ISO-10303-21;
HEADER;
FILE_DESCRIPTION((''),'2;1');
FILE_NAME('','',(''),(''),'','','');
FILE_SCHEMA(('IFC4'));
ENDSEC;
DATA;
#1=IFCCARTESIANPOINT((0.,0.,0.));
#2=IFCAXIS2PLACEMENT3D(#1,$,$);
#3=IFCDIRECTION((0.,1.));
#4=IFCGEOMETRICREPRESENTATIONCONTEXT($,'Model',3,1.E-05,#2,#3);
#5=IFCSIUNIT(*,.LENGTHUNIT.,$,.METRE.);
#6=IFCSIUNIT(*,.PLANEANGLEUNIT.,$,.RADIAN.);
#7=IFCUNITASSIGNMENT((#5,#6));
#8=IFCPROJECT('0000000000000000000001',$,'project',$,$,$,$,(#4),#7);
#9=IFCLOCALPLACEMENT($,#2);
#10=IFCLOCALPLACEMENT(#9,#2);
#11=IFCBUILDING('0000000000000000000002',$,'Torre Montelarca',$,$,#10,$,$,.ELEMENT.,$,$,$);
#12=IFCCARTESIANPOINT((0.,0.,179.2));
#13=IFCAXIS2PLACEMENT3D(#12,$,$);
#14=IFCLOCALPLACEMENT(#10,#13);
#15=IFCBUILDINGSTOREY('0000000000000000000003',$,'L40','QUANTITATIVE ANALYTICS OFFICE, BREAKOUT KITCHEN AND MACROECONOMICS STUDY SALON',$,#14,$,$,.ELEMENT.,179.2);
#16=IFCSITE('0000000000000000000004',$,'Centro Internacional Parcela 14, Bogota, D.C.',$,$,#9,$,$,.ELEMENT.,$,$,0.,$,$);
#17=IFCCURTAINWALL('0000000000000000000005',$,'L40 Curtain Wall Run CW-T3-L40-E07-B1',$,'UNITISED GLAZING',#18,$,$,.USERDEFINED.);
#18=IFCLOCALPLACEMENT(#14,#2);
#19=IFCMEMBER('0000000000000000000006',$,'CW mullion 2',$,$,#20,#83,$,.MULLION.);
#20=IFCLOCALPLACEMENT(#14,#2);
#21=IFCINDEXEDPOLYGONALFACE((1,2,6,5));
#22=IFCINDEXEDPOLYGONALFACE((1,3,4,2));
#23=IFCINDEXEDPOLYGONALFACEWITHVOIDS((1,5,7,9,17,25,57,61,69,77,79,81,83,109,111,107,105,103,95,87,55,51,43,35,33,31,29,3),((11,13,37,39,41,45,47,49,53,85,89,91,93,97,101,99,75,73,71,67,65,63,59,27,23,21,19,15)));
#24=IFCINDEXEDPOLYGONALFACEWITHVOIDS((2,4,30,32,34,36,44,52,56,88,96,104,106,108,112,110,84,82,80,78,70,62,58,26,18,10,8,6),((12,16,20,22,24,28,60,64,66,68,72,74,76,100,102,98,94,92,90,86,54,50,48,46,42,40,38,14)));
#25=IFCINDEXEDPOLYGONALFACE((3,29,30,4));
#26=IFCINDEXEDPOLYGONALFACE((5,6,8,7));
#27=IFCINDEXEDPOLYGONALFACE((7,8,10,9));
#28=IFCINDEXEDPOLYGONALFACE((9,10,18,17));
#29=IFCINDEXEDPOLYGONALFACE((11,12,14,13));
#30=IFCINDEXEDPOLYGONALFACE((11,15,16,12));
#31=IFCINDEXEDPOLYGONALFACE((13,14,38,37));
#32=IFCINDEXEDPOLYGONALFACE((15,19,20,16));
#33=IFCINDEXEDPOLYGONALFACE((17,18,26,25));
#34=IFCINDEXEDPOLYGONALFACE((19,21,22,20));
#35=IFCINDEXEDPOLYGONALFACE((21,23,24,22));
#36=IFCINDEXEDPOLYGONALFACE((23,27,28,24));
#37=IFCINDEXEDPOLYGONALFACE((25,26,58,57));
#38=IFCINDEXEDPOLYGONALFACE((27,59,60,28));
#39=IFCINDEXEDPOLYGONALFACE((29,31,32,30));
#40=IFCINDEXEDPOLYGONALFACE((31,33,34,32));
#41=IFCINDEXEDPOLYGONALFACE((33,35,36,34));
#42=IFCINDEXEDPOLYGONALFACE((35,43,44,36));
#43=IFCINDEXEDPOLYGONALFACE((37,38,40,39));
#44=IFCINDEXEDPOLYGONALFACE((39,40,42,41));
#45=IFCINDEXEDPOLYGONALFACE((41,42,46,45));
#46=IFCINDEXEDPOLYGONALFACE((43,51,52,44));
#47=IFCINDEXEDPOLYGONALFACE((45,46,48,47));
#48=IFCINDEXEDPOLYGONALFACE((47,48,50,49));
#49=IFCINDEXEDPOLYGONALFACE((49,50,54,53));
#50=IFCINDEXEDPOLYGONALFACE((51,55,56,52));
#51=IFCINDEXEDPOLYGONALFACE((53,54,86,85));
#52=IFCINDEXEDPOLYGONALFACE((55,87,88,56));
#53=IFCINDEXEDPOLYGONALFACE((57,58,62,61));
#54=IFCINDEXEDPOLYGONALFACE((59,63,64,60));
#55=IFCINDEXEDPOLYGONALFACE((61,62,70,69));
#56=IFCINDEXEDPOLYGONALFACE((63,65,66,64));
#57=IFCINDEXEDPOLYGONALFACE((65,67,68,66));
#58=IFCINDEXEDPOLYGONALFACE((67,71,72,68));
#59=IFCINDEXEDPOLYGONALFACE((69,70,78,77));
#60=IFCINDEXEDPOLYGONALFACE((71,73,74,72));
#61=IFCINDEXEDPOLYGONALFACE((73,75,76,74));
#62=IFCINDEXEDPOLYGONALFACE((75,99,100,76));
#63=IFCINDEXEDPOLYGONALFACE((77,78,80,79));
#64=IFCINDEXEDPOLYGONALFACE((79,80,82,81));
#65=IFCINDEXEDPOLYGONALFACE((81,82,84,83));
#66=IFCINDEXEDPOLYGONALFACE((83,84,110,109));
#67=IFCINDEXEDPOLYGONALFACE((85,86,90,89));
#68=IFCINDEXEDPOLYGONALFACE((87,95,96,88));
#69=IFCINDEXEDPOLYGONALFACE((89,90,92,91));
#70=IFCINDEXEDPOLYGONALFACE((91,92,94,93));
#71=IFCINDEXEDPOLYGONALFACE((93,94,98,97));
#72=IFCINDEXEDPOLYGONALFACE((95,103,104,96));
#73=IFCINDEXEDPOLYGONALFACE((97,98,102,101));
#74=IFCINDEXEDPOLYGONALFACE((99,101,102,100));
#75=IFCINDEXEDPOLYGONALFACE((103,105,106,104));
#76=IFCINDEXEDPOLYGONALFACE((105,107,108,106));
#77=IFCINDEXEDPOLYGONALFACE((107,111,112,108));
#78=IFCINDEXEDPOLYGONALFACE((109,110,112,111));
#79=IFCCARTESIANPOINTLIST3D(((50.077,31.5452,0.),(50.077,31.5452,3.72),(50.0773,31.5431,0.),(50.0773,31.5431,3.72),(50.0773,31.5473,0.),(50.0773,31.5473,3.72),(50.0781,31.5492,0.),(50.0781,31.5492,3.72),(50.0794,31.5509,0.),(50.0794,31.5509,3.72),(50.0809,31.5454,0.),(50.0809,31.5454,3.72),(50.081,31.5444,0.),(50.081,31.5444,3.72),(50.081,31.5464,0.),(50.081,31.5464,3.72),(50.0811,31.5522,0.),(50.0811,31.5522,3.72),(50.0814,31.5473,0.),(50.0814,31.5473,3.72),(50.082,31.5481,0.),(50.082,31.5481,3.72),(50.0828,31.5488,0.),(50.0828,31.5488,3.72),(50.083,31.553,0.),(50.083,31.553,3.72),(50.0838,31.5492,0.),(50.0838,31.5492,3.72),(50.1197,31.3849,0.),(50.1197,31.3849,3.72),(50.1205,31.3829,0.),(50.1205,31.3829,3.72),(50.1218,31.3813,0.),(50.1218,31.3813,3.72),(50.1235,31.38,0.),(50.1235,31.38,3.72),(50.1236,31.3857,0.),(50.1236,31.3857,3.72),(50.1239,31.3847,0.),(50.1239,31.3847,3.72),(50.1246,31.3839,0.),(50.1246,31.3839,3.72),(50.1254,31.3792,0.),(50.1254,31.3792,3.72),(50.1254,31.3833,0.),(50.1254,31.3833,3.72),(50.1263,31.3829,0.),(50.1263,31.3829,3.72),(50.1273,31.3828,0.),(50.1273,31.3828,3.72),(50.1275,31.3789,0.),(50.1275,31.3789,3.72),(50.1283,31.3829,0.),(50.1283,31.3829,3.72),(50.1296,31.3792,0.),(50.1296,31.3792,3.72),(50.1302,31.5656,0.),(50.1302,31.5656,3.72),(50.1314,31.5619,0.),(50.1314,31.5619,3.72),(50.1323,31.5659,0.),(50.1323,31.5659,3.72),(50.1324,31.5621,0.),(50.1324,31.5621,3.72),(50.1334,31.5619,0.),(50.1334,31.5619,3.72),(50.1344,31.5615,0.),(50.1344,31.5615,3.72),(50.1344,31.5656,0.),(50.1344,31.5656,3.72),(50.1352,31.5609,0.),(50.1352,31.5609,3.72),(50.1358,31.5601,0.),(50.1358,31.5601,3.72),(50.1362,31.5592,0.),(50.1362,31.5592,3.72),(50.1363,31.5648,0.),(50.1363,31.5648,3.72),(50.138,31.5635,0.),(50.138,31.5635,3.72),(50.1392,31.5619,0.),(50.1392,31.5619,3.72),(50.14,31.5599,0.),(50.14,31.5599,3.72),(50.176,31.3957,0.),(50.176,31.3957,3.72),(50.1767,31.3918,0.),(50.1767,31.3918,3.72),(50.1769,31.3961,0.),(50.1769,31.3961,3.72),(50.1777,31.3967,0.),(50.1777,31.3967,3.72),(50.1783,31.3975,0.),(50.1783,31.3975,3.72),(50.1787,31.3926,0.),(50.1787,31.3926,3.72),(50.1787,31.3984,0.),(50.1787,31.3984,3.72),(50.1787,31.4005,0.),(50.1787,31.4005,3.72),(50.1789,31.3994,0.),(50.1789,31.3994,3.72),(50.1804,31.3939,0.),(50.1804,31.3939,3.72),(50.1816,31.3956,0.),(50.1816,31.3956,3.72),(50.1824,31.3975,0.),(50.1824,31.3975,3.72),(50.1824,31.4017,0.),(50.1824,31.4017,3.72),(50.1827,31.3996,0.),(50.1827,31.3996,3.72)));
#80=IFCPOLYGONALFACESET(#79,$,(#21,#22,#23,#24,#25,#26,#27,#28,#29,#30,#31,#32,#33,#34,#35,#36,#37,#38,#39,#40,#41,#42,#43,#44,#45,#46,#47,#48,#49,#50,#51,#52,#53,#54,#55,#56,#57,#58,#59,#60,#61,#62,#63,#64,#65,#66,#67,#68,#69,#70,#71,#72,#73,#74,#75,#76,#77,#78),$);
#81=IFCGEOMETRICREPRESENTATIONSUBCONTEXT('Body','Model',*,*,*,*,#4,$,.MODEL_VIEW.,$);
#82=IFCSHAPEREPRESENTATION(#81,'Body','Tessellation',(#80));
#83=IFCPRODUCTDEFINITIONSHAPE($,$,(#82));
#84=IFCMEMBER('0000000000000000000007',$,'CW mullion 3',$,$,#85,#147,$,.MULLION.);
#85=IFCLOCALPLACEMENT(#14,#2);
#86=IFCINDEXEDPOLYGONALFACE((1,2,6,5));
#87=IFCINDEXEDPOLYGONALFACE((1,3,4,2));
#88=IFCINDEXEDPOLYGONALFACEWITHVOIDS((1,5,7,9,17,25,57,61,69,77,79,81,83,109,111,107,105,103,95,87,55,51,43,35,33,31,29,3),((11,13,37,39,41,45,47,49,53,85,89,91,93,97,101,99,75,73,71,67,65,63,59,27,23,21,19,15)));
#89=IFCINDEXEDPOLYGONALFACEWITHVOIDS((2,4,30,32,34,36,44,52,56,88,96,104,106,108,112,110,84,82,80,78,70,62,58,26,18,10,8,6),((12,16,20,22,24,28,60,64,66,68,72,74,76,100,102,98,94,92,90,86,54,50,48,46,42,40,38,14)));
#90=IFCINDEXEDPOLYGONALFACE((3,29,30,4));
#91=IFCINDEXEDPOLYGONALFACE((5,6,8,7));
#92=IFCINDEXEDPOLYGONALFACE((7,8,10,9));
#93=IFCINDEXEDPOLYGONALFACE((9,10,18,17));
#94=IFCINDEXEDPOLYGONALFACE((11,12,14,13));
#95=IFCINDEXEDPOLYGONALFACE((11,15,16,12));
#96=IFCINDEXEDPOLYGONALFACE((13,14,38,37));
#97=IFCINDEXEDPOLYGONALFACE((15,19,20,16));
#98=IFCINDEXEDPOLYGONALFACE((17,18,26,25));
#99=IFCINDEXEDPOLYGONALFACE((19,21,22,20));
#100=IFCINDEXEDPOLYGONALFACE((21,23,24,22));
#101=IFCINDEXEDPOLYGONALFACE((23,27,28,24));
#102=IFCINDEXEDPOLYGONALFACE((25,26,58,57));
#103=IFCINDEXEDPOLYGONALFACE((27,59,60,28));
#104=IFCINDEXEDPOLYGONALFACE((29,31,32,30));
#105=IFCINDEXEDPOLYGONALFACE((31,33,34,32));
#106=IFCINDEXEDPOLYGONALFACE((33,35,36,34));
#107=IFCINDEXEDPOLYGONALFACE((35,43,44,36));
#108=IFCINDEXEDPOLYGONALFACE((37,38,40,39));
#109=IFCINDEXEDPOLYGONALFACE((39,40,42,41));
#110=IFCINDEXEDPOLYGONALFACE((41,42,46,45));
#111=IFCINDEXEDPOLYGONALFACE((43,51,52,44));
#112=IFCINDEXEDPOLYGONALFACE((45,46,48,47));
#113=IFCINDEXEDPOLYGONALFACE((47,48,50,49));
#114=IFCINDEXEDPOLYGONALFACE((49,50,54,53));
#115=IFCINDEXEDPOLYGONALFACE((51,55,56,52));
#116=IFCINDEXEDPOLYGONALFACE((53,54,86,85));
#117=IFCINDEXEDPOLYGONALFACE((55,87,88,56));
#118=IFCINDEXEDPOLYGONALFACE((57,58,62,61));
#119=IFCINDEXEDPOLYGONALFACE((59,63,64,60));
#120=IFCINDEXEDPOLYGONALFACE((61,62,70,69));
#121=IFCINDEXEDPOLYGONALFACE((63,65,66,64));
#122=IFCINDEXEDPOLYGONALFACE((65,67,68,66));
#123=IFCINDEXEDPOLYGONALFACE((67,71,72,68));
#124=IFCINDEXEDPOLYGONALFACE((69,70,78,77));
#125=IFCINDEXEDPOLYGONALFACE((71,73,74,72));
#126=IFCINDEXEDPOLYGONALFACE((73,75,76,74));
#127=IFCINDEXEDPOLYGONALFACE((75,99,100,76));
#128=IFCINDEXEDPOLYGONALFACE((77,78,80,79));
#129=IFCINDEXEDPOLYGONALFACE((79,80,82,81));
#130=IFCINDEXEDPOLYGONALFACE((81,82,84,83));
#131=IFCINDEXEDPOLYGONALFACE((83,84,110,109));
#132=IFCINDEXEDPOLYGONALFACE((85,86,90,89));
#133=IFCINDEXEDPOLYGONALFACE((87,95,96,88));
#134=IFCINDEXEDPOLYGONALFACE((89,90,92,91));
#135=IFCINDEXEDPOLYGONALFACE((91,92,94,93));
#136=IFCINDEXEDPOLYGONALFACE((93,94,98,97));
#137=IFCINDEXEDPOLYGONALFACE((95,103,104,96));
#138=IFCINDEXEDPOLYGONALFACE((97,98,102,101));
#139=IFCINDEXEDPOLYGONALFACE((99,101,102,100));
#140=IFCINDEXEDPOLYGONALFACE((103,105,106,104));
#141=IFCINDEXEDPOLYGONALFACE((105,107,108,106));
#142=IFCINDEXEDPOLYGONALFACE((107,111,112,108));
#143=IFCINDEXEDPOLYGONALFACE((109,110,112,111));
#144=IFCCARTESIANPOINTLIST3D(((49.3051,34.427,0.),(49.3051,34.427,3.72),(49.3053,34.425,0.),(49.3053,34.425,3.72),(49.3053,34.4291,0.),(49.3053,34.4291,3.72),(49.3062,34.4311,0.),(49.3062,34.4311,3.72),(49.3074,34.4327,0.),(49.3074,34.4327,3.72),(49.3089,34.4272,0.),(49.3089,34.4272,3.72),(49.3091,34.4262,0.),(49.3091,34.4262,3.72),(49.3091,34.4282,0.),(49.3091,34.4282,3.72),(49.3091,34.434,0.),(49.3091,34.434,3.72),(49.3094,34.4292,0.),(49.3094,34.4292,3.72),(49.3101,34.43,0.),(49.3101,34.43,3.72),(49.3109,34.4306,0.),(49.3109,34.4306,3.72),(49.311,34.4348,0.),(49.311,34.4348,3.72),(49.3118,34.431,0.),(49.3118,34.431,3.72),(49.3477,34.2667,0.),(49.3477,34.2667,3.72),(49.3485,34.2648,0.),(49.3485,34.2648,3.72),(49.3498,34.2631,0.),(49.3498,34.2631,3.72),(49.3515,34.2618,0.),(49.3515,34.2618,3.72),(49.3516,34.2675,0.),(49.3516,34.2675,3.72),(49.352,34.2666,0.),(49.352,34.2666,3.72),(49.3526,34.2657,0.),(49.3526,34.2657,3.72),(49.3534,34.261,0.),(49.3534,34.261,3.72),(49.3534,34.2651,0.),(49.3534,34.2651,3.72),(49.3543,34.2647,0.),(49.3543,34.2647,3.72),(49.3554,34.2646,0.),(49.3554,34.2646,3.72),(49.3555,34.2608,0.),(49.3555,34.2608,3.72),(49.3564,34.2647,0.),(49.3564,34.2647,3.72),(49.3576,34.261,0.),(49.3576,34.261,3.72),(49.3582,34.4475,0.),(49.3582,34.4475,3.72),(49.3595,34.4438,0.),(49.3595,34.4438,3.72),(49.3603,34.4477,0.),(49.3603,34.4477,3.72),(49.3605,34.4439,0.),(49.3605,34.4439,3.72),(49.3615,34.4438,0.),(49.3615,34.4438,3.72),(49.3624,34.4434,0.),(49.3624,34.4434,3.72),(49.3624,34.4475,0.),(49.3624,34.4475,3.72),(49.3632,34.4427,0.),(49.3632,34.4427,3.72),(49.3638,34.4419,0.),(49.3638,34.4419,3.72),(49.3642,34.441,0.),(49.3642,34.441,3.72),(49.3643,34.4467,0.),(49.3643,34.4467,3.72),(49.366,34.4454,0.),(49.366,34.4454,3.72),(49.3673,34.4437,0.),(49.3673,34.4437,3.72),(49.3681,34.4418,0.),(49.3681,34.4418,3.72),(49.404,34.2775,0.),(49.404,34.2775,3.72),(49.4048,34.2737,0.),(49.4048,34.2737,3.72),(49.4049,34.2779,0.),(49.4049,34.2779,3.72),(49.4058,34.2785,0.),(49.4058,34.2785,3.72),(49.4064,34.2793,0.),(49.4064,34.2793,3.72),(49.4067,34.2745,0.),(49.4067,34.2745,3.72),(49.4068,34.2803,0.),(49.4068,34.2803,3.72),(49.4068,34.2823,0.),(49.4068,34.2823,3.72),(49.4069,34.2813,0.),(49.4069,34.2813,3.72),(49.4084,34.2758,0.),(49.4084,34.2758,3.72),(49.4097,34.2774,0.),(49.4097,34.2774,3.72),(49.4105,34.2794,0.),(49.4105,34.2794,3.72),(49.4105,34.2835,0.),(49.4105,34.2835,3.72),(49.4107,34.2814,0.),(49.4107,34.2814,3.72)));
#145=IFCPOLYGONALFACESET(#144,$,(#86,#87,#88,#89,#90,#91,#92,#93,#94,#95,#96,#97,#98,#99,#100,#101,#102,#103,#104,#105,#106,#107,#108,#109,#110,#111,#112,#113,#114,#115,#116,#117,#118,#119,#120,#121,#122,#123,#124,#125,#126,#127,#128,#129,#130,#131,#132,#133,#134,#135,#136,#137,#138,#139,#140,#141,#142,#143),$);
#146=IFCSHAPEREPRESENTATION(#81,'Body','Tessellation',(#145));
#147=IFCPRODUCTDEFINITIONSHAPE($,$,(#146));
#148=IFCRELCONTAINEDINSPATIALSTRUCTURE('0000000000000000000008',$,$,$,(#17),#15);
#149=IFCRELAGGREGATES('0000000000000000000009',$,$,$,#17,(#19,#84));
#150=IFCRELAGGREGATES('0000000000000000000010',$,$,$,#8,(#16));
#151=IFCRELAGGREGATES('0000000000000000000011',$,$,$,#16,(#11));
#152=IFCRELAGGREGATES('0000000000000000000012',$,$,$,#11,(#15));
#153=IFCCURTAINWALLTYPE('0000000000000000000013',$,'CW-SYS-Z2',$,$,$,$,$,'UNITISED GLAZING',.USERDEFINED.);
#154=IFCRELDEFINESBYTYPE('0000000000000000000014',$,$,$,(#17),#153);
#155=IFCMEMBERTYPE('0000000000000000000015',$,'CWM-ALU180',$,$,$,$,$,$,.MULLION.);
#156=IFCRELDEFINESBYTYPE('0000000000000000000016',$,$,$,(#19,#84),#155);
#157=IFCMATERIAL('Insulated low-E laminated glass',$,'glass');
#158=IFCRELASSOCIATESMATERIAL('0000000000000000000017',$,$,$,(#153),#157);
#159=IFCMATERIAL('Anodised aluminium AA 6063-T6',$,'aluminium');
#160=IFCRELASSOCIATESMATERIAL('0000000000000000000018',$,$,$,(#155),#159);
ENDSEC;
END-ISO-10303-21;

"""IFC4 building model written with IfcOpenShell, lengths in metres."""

from ifc_helpers import new_model, si_unit, direction, frame, origin, origin_2d, place, context, subcontext, project, spatial, hollow_rectangle, extrude, source, transform, mapped, material, material_profile, profile_set, type_object, element, aggregate, save


model = new_model("IFC4")

# Units and contexts
model_context = context("Model", 3, precision=1e-05, world=origin(), true_north=direction((0.0, 1.0)))
body_context = subcontext(model_context, "Body", "Model", "MODEL_VIEW")
ifc_project = project(units=[si_unit("LENGTHUNIT", "METRE"), si_unit("PLANEANGLEUNIT", "RADIAN")], contexts=[model_context])

# Site, building, storey
site_placement = place(None, origin())
site = spatial("IfcSite", under=ifc_project, at=site_placement, Name="Centro Internacional Parcela 14, Bogota, D.C.", CompositionType="ELEMENT", RefElevation=0.0)
building_placement = place(site_placement, origin())
building = spatial("IfcBuilding", under=site, at=building_placement, Name="Torre Montelarca", CompositionType="ELEMENT")
storey_placement = place(building_placement, frame((0.0, 0.0, 179.2)))
storey = spatial("IfcBuildingStorey", under=building, at=storey_placement, Name="L40", Description="QUANTITATIVE ANALYTICS OFFICE, BREAKOUT KITCHEN AND MACROECONOMICS STUDY SALON", CompositionType="ELEMENT", Elevation=179.2)

# Curtain wall, members
ifc_material_1 = material(Name="Insulated low-E laminated glass", Category="glass")
curtain_wall_type = type_object("IfcCurtainWallType", Name="CW-SYS-Z2", ElementType="UNITISED GLAZING", PredefinedType="USERDEFINED", material=ifc_material_1)
curtain_wall_1_placement = place(storey_placement, origin())
curtain_wall_1 = element("IfcCurtainWall", 1, at=curtain_wall_1_placement, inside=storey, type_object=curtain_wall_type, Name="L40 Curtain Wall Run CW-T3-L40-E07-B1", ObjectType="UNITISED GLAZING", PredefinedType="USERDEFINED")
ifc_material_2 = material(Name="Anodised aluminium AA 6063-T6", Category="aluminium")
ifc_material_profile_1 = material_profile(ifc_material_2, hollow_rectangle(XDim=0.0649, YDim=0.1799, WallThickness=0.0039, InnerFilletRadius=0.0039, OuterFilletRadius=0.0081, at=origin_2d()), Name="ALU65X180X4", Category="aluminium")
ifc_profile_set_1 = profile_set([ifc_material_profile_1], Name="Anodised aluminium AA 6063-T6")
member_type_1 = type_object("IfcMemberType", Name="CWM-ALU180", PredefinedType="MULLION", material=ifc_profile_set_1)
shared_shape_1 = source(origin(), body_context, "Body", "SweptSolid", [
    extrude(hollow_rectangle(XDim=0.0649, YDim=0.1799, WallThickness=0.0039, InnerFilletRadius=0.0039, OuterFilletRadius=0.0081, at=origin_2d()), origin(), (0.0, 0.0, 1.0), 3.72),
])
member_1_placement = place(storey_placement, frame((50.1299, 31.4724, 0.0), z_axis=(0.0, 0.0, 1.0), x_axis=(-0.965927, -0.258814, 0.0)))
member_1 = element("IfcMember", 2, at=member_1_placement, type_object=member_type_1, Name="CW mullion 2", PredefinedType="MULLION", context=body_context, shape_type="MappedRepresentation", body=[
    mapped(shared_shape_1, transform((0.0, 0.0, 0.0), scale=1.0)),
])
member_2_placement = place(storey_placement, frame((49.3579, 34.3542, 0.0), z_axis=(0.0, 0.0, 1.0), x_axis=(-0.965927, -0.258814, 0.0)))
member_2 = element("IfcMember", 3, at=member_2_placement, type_object=member_type_1, Name="CW mullion 3", PredefinedType="MULLION", context=body_context, shape_type="MappedRepresentation", body=[
    mapped(shared_shape_1, transform((0.0, 0.0, 0.0), scale=1.0)),
])

aggregate(curtain_wall_1, [member_1, member_2])

save(model, "model.ifc")
